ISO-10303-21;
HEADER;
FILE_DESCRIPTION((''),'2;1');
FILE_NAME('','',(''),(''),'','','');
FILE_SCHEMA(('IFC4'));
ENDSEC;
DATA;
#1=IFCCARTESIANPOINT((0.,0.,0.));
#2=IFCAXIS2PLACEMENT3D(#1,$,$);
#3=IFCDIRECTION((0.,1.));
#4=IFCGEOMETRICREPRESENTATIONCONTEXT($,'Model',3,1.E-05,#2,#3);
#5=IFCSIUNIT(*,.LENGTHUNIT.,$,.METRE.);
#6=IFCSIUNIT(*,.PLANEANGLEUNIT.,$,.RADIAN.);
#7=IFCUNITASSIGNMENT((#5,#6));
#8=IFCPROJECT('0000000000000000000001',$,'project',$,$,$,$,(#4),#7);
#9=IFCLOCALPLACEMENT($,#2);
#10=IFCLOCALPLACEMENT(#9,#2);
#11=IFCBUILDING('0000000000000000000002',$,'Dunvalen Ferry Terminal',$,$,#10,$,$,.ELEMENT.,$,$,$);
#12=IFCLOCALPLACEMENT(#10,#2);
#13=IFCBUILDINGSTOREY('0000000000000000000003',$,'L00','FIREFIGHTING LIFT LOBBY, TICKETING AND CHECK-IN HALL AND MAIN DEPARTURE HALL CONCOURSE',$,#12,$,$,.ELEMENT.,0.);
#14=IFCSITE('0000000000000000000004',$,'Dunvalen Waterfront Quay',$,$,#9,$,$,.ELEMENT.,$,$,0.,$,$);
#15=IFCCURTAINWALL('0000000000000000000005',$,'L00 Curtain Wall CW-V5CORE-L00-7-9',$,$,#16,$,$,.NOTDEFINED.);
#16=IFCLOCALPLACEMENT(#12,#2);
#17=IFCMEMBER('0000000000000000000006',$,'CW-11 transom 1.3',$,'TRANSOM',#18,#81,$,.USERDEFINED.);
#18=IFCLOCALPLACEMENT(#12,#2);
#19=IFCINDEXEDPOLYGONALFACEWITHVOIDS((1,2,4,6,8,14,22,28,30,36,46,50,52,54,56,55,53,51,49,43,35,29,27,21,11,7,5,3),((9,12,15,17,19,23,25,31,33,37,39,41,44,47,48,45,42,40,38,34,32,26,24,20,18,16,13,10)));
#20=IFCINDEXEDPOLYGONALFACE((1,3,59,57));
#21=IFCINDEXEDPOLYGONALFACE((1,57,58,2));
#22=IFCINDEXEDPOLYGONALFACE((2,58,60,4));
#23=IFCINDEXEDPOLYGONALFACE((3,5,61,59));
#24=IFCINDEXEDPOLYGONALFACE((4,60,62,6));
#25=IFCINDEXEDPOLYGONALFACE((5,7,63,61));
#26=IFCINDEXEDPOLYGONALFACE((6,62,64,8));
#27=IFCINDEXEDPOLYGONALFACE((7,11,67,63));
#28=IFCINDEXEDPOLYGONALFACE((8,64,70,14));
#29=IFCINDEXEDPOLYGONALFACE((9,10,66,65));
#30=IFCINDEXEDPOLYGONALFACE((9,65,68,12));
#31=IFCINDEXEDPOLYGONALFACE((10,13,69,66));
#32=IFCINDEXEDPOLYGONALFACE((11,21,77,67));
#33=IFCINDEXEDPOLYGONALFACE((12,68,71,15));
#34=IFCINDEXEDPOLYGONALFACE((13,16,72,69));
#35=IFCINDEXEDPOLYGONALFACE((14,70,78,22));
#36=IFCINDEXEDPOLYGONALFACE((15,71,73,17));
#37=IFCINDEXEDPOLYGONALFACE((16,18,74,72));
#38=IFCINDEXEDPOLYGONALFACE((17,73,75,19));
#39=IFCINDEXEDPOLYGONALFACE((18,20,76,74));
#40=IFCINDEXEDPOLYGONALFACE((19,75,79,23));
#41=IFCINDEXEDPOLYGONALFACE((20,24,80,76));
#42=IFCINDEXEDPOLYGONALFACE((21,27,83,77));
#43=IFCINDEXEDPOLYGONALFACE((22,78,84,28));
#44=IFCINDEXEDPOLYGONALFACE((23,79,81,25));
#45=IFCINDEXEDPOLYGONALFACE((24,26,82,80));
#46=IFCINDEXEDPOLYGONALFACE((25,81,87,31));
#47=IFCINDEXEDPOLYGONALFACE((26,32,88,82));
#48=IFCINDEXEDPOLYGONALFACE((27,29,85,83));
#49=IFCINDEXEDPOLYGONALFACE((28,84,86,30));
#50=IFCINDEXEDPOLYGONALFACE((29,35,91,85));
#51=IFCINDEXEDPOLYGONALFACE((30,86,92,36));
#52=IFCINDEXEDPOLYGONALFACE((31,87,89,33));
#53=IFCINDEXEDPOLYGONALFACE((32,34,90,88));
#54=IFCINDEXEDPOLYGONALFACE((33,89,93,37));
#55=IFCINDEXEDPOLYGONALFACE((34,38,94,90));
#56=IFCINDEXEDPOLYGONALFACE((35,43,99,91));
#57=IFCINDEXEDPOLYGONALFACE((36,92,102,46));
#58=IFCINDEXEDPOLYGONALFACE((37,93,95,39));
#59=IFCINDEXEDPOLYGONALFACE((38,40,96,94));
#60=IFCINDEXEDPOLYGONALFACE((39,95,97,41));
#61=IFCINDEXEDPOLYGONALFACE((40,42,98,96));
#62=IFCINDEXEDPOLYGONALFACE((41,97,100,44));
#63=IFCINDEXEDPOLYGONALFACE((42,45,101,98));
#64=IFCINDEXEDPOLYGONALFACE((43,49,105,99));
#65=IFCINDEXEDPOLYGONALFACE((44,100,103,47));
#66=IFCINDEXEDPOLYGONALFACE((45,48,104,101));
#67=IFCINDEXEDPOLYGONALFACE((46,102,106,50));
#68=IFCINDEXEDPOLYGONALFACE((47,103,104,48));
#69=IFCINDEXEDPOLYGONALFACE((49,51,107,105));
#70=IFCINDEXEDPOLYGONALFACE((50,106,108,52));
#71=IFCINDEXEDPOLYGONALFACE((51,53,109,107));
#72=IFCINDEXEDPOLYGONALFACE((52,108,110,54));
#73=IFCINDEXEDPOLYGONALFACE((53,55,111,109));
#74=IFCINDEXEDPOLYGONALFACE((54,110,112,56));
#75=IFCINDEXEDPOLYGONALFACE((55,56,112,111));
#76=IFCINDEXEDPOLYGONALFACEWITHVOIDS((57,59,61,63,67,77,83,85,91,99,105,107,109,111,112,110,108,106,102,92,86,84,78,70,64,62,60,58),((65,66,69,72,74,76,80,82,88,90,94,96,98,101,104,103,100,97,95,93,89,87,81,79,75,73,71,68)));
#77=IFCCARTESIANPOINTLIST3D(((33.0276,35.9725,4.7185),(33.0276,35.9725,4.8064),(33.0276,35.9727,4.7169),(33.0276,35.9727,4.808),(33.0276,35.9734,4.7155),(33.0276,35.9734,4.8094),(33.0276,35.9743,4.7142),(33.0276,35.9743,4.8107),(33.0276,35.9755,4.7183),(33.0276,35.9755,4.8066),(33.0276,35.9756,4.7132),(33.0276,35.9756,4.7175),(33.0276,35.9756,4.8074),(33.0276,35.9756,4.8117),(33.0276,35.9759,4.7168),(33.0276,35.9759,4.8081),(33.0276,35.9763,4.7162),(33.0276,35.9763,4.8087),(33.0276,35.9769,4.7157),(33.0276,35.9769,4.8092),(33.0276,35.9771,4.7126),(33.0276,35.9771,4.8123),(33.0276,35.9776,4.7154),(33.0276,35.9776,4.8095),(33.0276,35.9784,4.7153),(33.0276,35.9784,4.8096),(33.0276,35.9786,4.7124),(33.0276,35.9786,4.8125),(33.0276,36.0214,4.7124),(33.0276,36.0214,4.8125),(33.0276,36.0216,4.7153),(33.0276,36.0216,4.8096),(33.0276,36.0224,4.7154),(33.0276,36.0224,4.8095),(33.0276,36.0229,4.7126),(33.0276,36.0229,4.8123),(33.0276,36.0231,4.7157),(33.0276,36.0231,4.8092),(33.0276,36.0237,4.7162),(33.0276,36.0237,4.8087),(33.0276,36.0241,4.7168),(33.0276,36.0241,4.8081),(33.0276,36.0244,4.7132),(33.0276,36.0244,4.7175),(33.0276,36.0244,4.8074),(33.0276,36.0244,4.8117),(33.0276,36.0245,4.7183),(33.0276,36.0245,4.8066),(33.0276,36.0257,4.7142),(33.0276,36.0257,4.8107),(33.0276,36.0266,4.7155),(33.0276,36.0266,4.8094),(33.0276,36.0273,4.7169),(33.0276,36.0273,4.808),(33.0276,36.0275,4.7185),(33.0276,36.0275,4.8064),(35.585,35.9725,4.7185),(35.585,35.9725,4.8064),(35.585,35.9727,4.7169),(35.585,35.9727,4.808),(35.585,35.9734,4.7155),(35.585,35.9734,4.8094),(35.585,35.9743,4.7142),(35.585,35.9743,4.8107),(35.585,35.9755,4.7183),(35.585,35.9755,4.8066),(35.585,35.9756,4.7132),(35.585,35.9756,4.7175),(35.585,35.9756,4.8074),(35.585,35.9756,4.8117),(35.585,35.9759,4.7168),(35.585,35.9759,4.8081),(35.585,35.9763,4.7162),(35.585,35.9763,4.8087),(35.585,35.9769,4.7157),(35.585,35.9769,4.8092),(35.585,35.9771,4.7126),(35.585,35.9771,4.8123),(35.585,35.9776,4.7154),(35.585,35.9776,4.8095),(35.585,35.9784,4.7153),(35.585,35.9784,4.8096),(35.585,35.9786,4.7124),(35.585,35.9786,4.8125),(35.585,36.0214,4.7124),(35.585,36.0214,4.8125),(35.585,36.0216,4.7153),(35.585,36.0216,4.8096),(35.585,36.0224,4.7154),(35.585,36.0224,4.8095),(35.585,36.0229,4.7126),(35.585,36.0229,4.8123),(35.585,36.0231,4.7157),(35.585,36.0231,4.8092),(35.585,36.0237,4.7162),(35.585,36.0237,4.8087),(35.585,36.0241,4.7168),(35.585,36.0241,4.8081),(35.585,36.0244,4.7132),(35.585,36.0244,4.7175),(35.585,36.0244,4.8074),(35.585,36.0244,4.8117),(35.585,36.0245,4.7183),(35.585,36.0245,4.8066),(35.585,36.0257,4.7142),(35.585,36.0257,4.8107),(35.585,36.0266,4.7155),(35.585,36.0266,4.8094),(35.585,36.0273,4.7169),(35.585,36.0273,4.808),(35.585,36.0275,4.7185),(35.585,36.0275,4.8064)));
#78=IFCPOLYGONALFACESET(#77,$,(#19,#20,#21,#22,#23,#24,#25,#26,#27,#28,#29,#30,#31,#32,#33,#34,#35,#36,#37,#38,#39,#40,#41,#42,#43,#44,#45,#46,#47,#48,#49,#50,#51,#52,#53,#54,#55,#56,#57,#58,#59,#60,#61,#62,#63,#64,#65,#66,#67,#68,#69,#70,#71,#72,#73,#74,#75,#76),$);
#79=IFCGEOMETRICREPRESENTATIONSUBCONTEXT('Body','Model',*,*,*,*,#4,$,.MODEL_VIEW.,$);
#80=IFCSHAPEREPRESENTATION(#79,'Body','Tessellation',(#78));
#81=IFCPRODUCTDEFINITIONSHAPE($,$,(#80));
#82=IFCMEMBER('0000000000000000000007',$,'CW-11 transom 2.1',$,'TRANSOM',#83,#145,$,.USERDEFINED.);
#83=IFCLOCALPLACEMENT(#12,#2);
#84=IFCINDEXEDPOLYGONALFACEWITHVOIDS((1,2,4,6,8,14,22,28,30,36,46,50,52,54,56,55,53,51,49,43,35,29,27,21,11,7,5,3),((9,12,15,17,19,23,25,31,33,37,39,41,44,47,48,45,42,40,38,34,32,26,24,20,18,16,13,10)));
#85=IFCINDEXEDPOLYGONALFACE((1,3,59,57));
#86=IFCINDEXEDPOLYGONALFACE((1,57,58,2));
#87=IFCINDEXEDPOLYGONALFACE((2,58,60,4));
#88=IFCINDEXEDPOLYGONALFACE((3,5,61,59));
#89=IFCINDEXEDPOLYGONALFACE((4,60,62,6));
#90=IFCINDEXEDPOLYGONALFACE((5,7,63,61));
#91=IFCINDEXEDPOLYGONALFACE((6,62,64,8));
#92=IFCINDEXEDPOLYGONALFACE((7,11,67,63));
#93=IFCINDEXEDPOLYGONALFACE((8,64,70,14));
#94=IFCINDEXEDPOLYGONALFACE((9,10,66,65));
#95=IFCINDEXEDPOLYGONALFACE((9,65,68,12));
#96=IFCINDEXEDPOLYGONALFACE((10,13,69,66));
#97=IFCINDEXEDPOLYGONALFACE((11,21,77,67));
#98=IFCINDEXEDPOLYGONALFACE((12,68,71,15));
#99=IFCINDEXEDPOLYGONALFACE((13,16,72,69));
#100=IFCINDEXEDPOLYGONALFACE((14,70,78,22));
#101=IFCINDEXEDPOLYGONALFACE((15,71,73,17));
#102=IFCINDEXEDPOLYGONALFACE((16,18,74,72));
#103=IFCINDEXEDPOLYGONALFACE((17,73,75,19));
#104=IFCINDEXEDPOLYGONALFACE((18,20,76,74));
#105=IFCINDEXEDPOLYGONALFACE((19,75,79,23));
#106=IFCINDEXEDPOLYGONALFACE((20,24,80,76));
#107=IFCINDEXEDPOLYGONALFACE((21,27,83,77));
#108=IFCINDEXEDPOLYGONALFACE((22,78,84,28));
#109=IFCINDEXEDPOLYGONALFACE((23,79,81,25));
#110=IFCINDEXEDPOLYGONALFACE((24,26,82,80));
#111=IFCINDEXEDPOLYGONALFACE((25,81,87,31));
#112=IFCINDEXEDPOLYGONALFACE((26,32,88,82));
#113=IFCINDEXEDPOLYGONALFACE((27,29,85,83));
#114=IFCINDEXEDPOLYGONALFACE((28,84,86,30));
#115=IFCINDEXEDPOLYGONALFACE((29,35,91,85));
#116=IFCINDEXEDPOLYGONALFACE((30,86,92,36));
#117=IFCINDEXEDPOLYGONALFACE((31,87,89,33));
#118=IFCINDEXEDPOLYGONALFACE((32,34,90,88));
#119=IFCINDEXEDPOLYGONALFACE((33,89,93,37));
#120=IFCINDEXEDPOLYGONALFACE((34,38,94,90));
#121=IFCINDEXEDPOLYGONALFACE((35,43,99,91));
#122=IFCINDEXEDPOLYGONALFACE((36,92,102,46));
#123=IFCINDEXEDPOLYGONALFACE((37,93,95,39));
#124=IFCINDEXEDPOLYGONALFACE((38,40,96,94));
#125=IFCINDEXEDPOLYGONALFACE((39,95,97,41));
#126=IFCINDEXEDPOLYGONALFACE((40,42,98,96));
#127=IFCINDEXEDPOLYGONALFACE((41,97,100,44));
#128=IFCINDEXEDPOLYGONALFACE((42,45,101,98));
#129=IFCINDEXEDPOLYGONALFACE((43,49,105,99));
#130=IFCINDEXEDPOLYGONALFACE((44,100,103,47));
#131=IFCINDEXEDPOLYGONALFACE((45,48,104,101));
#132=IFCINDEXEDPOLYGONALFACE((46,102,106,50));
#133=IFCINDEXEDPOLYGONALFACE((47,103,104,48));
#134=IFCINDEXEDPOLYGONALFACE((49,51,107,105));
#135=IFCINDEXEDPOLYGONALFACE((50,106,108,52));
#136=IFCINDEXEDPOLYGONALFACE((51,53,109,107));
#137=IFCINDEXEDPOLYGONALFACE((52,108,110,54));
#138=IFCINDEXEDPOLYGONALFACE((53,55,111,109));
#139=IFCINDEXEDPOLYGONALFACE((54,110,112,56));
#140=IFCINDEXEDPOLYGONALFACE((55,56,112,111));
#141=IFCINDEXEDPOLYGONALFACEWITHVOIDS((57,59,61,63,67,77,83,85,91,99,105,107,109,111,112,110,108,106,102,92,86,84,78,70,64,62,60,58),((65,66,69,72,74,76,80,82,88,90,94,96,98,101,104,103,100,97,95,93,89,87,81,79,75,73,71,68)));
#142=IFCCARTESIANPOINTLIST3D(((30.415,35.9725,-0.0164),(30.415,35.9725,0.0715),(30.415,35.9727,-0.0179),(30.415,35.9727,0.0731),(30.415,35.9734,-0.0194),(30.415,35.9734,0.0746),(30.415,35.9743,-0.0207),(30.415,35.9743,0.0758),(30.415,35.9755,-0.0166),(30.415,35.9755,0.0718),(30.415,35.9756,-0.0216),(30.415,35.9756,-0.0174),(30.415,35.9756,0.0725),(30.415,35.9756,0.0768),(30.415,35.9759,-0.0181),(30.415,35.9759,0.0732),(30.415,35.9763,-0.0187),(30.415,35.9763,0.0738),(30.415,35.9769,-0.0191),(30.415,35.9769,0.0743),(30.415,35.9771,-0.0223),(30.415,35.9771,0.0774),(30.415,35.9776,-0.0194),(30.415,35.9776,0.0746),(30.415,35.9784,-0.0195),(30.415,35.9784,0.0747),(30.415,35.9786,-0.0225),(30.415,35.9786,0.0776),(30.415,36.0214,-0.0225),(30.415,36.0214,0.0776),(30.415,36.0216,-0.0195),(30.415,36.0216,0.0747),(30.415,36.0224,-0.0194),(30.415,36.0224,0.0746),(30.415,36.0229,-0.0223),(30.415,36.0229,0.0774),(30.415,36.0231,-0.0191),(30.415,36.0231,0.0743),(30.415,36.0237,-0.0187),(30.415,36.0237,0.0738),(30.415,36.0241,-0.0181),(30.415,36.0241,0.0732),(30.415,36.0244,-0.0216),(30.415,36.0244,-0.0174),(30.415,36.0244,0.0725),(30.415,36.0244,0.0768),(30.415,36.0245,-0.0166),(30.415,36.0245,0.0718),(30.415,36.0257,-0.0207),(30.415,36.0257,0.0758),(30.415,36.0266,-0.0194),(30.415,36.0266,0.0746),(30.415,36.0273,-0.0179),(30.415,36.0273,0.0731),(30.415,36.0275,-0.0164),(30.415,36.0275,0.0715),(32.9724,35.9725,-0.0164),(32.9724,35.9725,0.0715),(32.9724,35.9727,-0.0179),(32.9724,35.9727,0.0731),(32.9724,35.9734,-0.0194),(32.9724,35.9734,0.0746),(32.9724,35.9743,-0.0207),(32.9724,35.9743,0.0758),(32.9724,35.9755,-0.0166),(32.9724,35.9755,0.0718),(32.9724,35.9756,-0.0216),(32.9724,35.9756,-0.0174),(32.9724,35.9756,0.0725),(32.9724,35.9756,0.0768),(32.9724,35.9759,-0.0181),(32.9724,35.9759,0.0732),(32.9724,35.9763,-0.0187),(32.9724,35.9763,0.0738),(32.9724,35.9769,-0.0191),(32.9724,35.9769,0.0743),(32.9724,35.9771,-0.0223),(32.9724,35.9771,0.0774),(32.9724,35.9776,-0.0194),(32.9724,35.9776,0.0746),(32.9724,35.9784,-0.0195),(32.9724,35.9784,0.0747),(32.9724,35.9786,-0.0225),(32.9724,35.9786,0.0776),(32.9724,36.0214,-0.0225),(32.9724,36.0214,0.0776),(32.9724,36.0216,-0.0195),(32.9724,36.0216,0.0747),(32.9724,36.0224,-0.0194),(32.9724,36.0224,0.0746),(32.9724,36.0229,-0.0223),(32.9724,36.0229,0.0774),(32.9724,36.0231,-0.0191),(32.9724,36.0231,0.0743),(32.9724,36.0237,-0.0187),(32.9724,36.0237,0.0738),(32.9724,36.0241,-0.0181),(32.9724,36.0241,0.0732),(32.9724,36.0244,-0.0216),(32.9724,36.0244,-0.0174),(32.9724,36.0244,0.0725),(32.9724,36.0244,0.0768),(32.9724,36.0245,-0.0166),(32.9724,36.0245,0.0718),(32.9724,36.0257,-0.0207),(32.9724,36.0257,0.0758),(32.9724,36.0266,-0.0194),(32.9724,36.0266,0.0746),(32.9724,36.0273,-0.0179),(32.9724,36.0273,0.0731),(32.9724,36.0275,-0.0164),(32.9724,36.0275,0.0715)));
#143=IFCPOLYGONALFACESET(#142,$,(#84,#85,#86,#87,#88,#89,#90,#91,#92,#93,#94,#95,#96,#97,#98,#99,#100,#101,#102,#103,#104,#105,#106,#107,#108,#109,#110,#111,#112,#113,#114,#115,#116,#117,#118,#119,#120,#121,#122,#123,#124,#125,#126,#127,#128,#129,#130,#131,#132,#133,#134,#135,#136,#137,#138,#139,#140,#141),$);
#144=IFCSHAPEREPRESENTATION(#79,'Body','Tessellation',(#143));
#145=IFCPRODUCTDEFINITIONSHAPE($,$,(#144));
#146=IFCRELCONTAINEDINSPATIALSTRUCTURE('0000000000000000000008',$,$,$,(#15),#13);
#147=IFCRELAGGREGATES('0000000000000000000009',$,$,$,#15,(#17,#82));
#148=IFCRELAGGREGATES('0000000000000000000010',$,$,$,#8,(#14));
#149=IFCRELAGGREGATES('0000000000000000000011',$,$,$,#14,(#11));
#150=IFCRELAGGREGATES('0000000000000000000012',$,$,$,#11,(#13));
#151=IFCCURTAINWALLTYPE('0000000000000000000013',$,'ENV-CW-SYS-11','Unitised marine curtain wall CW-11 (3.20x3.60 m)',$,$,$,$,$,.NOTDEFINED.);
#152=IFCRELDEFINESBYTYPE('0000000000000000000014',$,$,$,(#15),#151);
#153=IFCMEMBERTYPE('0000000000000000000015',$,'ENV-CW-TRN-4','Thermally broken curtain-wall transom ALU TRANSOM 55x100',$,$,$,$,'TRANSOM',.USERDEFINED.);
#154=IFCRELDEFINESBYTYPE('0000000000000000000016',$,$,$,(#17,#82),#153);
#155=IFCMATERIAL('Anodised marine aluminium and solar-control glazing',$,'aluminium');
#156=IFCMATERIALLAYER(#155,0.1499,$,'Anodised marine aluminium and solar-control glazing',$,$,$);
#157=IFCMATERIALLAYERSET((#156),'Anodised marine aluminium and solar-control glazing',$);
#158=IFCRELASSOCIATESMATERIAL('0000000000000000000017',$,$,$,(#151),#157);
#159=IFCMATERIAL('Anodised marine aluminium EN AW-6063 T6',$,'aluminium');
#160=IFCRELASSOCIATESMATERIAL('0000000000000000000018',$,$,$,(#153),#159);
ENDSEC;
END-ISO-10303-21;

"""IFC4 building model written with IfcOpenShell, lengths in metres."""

from ifc_helpers import new_model, si_unit, direction, frame, origin, origin_2d, place, context, subcontext, project, spatial, hollow_rectangle, extrude, material, layer, layer_set, material_profile, profile_set, type_object, element, aggregate, save


model = new_model("IFC4")

# Units and contexts
model_context = context("Model", 3, precision=1e-05, world=origin(), true_north=direction((0.0, 1.0)))
body_context = subcontext(model_context, "Body", "Model", "MODEL_VIEW")
ifc_project = project(units=[si_unit("LENGTHUNIT", "METRE"), si_unit("PLANEANGLEUNIT", "RADIAN")], contexts=[model_context])

# Site, building, storey
site_placement = place(None, origin())
site = spatial("IfcSite", under=ifc_project, at=site_placement, Name="Dunvalen Waterfront Quay", CompositionType="ELEMENT", RefElevation=0.0)
building_placement = place(site_placement, origin())
building = spatial("IfcBuilding", under=site, at=building_placement, Name="Dunvalen Ferry Terminal", CompositionType="ELEMENT")
storey_placement = place(building_placement, origin())
storey = spatial("IfcBuildingStorey", under=building, at=storey_placement, Name="L00", Description="FIREFIGHTING LIFT LOBBY, TICKETING AND CHECK-IN HALL AND MAIN DEPARTURE HALL CONCOURSE", CompositionType="ELEMENT", Elevation=0.0)

# Curtain wall, members
ifc_material_1 = material(Name="Anodised marine aluminium and solar-control glazing", Category="aluminium")
ifc_layer_1 = layer(ifc_material_1, 0.1499, Name="Anodised marine aluminium and solar-control glazing")
ifc_layer_set_1 = layer_set([ifc_layer_1], Name="Anodised marine aluminium and solar-control glazing")
curtain_wall_type = type_object("IfcCurtainWallType", Name="ENV-CW-SYS-11", Description="Unitised marine curtain wall CW-11 (3.20x3.60 m)", PredefinedType="NOTDEFINED", material=ifc_layer_set_1)
curtain_wall_placement = place(storey_placement, origin())
curtain_wall = element("IfcCurtainWall", 1, at=curtain_wall_placement, inside=storey, type_object=curtain_wall_type, Name="L00 Curtain Wall CW-V5CORE-L00-7-9", PredefinedType="NOTDEFINED")
ifc_material_2 = material(Name="Anodised marine aluminium EN AW-6063 T6", Category="aluminium")
ifc_material_profile_1 = material_profile(ifc_material_2, hollow_rectangle(XDim=0.0549, YDim=0.1001, WallThickness=0.0029, InnerFilletRadius=0.0029, OuterFilletRadius=0.0061, at=origin_2d()), Name="Anodised marine aluminium EN AW-6063 T6")
ifc_profile_set_1 = profile_set([ifc_material_profile_1], Name="Anodised marine aluminium EN AW-6063 T6")
member_type_1 = type_object("IfcMemberType", Name="ENV-CW-TRN-4", Description="Thermally broken curtain-wall transom ALU TRANSOM 55x100", ElementType="TRANSOM", PredefinedType="USERDEFINED", material=ifc_profile_set_1)
member_1_placement = place(storey_placement, frame((35.585, 36.0, 4.7625), z_axis=(-1.0, 0.0, 0.0), x_axis=(0.0, -1.0, 0.0)))
member_1 = element("IfcMember", 2, at=member_1_placement, type_object=member_type_1, Name="CW-11 transom 1.3", ObjectType="TRANSOM", PredefinedType="USERDEFINED", context=body_context, shape_type="SweptSolid", body=[
    extrude(hollow_rectangle(XDim=0.0549, YDim=0.1001, WallThickness=0.0029, InnerFilletRadius=0.0029, OuterFilletRadius=0.0061, at=origin_2d()), origin(), (0.0, 0.0, 1.0), 2.5574),
])
member_2_placement = place(storey_placement, frame((32.9724, 36.0, 0.0276), z_axis=(-1.0, 0.0, 0.0), x_axis=(0.0, -1.0, 0.0)))
member_2 = element("IfcMember", 3, at=member_2_placement, type_object=member_type_1, Name="CW-11 transom 2.1", ObjectType="TRANSOM", PredefinedType="USERDEFINED", context=body_context, shape_type="SweptSolid", body=[
    extrude(hollow_rectangle(XDim=0.0549, YDim=0.1001, WallThickness=0.0029, InnerFilletRadius=0.0029, OuterFilletRadius=0.0061, at=origin_2d()), origin(), (0.0, 0.0, 1.0), 2.5574),
])

aggregate(curtain_wall, [member_1, member_2])

save(model, "model.ifc")
